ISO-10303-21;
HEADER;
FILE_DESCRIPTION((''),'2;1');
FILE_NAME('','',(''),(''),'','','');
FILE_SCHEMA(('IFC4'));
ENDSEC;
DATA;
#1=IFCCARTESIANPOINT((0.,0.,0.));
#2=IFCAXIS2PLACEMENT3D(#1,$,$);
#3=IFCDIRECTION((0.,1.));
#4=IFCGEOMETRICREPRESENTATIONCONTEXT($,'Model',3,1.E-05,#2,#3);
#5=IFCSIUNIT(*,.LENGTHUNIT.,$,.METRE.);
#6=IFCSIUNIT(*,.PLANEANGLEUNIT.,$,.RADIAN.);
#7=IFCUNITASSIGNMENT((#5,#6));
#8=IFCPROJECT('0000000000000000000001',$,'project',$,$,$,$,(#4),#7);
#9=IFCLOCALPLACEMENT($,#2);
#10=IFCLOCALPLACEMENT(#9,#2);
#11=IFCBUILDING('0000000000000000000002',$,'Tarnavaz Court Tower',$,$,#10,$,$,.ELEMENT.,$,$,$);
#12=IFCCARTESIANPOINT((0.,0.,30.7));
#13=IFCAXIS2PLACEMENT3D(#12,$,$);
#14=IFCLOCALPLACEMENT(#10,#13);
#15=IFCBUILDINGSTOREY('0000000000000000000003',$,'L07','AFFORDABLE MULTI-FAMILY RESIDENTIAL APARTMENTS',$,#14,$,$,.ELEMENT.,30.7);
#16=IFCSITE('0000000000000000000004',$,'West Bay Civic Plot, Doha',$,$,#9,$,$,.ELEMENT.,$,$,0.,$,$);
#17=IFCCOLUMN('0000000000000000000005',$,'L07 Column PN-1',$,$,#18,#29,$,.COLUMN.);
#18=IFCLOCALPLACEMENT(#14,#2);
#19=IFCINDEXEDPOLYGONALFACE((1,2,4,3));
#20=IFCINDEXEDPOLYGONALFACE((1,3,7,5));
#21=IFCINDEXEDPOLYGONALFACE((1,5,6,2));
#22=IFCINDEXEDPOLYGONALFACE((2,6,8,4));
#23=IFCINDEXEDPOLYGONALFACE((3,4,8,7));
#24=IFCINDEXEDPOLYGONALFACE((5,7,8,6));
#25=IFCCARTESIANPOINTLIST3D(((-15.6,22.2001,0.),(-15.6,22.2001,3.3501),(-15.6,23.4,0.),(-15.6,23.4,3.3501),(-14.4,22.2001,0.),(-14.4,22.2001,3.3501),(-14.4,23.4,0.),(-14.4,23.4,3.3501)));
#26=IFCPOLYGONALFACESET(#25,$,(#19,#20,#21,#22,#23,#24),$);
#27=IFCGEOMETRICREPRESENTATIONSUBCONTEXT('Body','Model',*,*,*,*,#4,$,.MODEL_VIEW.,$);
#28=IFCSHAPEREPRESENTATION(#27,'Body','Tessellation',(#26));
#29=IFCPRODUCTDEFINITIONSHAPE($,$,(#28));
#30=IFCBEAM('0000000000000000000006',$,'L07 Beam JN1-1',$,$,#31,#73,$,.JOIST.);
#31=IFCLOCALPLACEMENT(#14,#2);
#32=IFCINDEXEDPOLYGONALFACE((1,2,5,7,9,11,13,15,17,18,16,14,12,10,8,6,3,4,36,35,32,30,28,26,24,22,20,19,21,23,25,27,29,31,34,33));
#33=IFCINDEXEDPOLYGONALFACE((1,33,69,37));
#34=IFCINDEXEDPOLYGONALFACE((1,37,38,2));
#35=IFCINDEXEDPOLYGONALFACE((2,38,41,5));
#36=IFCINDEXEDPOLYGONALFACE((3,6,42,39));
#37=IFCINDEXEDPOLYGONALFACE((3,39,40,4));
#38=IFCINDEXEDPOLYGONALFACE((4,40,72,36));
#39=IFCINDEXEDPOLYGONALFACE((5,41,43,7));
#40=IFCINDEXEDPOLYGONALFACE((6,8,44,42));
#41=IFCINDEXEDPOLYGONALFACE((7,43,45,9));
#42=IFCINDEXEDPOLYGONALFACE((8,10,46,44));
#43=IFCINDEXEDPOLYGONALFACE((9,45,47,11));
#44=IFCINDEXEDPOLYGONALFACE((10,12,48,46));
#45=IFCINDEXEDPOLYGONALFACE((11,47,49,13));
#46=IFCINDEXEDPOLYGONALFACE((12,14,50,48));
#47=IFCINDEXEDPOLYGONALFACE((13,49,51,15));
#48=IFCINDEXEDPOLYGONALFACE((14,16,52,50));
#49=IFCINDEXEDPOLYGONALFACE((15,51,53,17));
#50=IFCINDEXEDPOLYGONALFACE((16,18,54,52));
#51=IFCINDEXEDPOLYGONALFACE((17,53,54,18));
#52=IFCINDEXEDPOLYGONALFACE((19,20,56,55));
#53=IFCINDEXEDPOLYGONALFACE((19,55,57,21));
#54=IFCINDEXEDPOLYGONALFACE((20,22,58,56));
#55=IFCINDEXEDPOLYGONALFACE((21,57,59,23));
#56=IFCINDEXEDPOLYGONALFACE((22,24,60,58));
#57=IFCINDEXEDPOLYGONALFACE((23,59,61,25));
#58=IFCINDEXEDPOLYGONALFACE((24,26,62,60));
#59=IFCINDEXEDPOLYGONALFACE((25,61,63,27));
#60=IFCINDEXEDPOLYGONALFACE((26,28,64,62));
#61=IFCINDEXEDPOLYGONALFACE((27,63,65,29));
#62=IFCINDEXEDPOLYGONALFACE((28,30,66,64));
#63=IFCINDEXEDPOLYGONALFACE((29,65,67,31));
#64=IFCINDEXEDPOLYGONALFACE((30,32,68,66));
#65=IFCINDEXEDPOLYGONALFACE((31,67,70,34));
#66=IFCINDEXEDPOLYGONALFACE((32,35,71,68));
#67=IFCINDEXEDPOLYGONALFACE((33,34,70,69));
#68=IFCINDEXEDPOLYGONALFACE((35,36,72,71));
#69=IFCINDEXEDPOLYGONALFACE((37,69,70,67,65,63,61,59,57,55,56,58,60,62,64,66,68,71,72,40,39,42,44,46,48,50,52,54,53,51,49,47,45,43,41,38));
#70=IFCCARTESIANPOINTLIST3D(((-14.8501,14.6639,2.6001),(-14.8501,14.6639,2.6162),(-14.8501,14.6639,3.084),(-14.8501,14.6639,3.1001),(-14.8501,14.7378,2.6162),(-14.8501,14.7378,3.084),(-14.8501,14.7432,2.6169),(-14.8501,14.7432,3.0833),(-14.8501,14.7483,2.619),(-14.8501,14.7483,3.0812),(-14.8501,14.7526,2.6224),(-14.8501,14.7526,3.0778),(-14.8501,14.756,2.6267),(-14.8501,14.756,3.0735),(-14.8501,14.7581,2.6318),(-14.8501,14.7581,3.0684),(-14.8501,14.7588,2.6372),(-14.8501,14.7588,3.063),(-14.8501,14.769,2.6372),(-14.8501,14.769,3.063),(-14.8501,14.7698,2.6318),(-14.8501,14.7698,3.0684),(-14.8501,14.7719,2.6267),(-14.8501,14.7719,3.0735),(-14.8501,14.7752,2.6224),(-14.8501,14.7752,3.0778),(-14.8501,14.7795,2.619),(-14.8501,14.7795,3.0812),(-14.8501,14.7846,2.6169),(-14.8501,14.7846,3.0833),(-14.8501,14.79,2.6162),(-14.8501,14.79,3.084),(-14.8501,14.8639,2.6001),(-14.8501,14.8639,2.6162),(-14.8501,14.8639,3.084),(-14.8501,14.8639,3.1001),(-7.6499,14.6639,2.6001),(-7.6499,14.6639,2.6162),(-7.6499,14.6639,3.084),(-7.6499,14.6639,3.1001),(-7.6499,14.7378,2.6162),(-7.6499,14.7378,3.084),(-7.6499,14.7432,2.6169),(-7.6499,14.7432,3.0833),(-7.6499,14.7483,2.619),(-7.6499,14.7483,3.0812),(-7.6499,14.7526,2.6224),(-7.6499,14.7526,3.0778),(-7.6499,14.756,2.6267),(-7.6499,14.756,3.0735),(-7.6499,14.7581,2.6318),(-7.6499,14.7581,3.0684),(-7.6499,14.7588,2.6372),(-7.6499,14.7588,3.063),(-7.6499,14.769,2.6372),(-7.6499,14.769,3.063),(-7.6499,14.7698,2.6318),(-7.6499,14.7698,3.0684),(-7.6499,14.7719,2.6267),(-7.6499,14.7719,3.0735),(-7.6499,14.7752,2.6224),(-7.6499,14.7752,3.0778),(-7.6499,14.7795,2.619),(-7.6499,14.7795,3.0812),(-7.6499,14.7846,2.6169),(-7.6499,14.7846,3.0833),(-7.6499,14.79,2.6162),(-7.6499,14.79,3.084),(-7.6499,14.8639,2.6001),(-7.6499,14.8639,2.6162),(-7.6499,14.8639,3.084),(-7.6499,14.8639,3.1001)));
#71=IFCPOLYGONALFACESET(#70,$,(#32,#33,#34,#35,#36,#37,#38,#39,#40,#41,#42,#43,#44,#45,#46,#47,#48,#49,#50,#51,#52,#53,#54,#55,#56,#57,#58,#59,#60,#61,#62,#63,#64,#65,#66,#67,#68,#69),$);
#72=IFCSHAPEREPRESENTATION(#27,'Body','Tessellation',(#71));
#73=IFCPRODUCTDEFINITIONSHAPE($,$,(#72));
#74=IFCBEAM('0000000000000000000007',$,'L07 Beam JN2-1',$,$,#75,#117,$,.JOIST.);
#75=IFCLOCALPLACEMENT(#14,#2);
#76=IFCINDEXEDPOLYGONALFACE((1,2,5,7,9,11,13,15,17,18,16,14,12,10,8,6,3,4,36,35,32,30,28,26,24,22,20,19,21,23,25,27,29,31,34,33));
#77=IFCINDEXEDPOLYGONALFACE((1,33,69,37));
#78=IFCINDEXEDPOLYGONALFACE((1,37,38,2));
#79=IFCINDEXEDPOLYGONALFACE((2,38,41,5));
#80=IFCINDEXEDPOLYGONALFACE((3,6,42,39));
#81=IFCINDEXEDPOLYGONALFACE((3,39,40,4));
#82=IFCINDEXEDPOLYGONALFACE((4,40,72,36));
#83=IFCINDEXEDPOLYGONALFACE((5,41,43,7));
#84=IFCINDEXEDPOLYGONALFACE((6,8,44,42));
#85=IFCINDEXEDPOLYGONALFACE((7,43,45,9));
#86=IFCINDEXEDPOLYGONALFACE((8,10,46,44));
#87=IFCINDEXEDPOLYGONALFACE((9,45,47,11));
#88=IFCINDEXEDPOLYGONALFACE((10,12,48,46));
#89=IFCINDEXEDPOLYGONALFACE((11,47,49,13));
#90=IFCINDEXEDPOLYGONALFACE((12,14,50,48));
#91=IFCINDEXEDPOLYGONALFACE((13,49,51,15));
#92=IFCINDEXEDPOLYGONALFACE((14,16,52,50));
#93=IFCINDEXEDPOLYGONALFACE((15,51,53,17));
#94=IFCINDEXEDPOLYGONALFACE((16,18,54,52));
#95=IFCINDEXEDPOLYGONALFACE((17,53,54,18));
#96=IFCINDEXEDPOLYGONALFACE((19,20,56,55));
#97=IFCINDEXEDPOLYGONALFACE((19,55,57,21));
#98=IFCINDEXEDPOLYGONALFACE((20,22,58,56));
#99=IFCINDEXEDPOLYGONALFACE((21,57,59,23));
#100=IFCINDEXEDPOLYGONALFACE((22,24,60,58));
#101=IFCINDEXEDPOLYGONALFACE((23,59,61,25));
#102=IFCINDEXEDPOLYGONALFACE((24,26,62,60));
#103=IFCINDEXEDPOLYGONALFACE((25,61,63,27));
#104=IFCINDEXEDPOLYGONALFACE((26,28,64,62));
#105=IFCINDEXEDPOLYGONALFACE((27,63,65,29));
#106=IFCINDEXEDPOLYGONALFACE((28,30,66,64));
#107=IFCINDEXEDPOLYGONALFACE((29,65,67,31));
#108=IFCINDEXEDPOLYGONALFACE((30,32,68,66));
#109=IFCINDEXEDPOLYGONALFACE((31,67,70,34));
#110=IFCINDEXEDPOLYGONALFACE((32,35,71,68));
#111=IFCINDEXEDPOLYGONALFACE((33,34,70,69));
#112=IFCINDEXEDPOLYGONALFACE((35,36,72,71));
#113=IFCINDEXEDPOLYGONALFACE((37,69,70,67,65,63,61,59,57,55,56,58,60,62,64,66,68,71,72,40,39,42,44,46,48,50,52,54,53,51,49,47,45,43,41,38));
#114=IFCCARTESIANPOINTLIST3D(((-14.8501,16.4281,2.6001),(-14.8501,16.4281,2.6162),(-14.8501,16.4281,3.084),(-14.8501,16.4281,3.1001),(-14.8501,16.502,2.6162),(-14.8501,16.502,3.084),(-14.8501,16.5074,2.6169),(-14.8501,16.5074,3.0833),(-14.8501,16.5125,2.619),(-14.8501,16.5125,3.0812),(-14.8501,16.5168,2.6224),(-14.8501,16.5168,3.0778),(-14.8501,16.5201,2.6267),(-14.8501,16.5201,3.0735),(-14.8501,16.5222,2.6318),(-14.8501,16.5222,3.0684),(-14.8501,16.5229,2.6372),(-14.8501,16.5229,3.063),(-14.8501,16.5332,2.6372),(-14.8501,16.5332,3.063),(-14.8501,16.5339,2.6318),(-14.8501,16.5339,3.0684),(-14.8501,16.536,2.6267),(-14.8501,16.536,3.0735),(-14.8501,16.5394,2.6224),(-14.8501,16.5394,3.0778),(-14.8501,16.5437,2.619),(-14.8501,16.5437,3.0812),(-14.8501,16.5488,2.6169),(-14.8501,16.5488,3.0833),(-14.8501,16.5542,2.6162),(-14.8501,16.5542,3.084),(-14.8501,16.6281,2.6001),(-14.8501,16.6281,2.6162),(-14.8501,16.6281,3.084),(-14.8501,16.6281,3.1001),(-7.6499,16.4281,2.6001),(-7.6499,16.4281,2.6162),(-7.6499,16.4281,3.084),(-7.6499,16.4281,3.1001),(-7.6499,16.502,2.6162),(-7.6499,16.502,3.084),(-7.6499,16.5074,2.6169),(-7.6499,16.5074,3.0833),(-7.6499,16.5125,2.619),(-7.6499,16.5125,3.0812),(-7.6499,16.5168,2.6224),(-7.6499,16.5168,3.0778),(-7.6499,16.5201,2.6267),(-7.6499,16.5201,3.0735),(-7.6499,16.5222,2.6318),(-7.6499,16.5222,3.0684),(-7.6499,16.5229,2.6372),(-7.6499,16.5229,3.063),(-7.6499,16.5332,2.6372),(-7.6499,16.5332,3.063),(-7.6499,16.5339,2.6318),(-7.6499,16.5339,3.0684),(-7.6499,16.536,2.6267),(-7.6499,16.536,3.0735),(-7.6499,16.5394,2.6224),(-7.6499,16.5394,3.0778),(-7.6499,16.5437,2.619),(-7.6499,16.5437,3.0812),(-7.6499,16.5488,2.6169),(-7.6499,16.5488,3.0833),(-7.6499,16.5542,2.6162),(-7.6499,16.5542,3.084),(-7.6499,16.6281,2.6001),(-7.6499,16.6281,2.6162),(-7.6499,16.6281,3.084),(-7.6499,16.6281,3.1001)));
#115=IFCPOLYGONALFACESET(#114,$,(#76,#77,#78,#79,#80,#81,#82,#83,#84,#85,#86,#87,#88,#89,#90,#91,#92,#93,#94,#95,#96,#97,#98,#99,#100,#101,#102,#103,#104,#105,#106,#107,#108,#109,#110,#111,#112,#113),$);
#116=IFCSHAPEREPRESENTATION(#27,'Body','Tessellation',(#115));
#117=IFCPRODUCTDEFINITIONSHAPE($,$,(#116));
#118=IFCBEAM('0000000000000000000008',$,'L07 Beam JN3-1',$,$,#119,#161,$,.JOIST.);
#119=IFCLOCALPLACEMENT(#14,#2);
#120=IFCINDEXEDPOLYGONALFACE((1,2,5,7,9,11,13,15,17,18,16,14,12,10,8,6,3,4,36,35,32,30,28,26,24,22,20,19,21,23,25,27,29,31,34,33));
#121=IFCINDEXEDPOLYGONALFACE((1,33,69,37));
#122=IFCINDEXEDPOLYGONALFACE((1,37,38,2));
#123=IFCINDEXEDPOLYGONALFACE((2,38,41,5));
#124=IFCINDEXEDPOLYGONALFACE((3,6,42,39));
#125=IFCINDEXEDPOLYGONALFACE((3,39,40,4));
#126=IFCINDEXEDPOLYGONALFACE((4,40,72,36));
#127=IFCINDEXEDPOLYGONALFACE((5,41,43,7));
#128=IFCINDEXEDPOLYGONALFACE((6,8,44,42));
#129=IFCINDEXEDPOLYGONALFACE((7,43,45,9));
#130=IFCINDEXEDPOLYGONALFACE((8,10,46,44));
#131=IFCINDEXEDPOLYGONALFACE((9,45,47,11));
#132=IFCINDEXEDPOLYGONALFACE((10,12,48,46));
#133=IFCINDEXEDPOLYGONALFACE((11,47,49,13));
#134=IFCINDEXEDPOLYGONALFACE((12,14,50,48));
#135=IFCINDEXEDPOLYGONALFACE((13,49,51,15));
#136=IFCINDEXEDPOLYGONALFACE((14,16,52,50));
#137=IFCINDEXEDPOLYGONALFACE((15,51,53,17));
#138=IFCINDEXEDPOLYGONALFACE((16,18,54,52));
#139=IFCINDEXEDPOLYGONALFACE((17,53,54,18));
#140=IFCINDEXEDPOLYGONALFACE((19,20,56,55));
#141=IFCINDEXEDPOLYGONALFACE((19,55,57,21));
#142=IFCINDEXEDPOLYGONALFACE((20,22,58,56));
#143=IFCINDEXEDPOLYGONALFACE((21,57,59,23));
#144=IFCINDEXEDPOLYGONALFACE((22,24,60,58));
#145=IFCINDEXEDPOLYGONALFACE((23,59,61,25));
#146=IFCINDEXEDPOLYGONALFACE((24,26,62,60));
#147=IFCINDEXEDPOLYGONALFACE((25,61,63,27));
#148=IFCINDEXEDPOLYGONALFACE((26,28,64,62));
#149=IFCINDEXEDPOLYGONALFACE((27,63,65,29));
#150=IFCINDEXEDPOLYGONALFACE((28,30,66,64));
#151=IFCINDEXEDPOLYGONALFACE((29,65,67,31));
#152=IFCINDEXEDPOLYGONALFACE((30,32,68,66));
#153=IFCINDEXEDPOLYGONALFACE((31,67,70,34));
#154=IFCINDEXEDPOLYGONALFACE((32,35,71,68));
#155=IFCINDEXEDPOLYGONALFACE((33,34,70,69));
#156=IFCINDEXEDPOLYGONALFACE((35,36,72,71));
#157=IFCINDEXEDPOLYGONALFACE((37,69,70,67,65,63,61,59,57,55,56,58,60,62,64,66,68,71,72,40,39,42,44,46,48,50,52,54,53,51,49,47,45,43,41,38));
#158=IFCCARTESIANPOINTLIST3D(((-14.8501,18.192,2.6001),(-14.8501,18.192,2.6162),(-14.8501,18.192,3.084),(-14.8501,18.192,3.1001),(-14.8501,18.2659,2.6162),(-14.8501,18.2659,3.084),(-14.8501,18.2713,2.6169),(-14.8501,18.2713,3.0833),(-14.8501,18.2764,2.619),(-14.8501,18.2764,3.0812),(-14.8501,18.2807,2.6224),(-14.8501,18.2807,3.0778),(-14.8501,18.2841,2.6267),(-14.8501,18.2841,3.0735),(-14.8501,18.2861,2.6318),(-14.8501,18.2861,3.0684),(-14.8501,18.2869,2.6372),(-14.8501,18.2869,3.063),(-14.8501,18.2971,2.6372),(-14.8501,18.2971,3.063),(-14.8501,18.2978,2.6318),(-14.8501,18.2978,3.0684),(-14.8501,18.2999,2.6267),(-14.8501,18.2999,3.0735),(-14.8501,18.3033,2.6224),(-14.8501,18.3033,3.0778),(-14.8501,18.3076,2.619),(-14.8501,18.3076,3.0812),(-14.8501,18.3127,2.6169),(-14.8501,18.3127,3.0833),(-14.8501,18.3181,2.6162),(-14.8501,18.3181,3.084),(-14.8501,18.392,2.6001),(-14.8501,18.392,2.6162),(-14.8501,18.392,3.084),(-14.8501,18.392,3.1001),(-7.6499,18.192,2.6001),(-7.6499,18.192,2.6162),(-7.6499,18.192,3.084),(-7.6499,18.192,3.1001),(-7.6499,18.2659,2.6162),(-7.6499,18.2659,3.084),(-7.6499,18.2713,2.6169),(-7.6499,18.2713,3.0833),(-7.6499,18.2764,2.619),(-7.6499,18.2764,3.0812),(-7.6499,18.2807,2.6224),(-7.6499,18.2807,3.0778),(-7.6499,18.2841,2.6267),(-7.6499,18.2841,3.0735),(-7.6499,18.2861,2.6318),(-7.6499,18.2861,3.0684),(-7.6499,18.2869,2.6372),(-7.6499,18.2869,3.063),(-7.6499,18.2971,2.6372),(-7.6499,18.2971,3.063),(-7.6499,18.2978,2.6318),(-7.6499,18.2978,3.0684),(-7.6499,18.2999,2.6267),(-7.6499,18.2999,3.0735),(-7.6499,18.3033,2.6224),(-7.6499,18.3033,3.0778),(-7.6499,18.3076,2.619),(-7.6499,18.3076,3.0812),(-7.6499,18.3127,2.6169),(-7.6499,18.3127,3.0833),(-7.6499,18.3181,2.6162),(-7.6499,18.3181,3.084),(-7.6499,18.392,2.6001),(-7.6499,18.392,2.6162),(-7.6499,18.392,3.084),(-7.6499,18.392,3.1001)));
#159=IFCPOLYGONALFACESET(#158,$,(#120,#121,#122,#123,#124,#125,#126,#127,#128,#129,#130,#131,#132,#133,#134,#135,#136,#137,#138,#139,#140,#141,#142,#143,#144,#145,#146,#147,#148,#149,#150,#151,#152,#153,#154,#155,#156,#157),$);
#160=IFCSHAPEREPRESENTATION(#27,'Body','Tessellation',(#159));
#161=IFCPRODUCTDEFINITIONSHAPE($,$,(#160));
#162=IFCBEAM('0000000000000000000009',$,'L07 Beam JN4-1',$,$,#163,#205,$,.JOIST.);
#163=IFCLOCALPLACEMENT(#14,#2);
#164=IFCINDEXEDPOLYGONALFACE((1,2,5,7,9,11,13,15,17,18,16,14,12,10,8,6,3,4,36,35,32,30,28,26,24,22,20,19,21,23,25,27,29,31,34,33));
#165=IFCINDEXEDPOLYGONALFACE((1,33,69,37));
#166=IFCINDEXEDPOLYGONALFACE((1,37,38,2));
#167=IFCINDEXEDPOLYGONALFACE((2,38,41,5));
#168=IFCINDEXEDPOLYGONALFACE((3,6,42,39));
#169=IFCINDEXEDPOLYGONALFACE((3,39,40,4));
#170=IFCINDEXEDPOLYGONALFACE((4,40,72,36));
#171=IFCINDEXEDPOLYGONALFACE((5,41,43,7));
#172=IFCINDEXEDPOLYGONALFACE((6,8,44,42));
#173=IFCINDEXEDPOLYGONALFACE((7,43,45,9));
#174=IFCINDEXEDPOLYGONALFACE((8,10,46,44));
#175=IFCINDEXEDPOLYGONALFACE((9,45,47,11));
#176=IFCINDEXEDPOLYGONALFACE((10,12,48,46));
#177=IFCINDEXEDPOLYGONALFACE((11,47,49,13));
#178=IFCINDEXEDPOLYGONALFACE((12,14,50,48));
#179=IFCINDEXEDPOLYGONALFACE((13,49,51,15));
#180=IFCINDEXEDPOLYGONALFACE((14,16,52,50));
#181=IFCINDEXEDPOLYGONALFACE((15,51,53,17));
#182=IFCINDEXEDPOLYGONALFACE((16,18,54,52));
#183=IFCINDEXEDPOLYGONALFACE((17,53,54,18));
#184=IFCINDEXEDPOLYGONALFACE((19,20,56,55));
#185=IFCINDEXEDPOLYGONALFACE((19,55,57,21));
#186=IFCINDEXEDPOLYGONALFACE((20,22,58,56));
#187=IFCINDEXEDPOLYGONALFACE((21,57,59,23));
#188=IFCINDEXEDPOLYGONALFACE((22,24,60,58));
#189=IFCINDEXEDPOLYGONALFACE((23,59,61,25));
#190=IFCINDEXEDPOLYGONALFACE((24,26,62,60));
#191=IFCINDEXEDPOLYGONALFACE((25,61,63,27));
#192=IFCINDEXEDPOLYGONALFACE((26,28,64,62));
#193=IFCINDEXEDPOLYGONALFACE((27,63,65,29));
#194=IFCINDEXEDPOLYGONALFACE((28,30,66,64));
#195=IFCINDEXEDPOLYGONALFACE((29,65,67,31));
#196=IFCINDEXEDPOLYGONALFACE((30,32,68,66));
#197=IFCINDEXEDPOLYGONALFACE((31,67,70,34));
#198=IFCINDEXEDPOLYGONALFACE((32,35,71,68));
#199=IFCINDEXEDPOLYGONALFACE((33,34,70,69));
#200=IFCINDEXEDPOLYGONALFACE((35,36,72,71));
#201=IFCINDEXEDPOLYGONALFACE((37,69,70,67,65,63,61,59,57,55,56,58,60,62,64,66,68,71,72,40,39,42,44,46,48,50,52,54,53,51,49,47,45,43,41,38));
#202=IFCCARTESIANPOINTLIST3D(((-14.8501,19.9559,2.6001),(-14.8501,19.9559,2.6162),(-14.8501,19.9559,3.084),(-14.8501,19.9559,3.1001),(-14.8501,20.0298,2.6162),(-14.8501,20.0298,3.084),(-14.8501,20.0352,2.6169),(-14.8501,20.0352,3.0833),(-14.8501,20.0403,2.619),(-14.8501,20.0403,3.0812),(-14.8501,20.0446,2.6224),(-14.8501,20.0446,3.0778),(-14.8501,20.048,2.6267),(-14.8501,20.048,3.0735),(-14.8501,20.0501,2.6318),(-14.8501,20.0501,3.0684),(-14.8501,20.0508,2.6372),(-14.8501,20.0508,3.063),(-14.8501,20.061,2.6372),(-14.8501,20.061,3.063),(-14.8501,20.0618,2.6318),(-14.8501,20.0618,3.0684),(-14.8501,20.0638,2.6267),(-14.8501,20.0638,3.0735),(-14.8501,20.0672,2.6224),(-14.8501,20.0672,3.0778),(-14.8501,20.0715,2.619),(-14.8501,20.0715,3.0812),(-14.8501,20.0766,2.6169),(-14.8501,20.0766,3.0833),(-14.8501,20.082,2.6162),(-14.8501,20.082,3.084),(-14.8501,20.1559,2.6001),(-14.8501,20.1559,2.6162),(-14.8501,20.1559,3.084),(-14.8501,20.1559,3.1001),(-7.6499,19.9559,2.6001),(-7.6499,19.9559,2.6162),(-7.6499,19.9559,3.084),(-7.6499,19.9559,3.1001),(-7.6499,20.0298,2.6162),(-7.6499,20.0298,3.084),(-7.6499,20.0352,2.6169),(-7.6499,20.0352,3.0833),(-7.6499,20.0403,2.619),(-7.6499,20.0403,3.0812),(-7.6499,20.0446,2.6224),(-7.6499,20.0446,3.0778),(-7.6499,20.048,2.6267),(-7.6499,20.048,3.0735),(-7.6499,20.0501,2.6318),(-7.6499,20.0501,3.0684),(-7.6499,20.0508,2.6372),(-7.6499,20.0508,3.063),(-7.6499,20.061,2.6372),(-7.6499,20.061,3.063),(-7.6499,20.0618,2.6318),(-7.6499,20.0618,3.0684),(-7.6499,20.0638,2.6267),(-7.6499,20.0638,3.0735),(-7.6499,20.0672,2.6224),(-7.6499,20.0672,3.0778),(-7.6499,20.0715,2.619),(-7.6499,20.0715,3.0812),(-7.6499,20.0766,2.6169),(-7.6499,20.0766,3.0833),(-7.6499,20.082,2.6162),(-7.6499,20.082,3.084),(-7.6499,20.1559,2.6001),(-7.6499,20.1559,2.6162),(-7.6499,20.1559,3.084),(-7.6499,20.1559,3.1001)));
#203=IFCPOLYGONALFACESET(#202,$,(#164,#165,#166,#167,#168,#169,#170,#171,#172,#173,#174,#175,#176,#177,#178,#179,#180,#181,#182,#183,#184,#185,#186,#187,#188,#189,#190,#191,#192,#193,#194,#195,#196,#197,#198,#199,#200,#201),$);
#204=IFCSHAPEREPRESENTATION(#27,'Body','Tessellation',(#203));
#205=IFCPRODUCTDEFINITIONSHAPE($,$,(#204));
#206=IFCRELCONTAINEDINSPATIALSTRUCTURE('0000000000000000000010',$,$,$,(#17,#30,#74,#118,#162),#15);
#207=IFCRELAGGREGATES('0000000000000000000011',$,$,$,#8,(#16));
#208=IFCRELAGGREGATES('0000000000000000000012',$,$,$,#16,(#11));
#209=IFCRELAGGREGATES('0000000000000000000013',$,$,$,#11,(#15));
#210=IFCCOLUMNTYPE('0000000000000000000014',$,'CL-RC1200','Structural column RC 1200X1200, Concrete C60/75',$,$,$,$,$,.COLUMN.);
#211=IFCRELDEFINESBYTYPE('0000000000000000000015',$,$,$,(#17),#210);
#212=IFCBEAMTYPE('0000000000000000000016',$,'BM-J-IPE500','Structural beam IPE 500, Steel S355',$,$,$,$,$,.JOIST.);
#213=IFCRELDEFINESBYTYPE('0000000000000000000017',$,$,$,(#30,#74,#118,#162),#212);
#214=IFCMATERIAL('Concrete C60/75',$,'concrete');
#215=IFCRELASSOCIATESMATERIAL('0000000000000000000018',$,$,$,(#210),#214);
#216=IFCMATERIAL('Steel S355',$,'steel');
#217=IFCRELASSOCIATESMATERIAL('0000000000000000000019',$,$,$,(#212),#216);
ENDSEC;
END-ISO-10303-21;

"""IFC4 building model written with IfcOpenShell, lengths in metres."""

from ifc_helpers import new_model, si_unit, direction, frame, origin, origin_2d, place, context, subcontext, project, spatial, rectangle, i_section, extrude, material, material_profile, profile_set, type_object, element, save


model = new_model("IFC4")

# Units and contexts
model_context = context("Model", 3, precision=1e-05, world=origin(), true_north=direction((0.0, 1.0)))
body_context = subcontext(model_context, "Body", "Model", "MODEL_VIEW")
ifc_project = project(units=[si_unit("LENGTHUNIT", "METRE"), si_unit("PLANEANGLEUNIT", "RADIAN")], contexts=[model_context])

# Site, building, storey
site_placement = place(None, origin())
site = spatial("IfcSite", under=ifc_project, at=site_placement, Name="West Bay Civic Plot, Doha", CompositionType="ELEMENT", RefElevation=0.0)
building_placement = place(site_placement, origin())
building = spatial("IfcBuilding", under=site, at=building_placement, Name="Tarnavaz Court Tower", CompositionType="ELEMENT")
storey_placement = place(building_placement, frame((0.0, 0.0, 30.7)))
storey = spatial("IfcBuildingStorey", under=building, at=storey_placement, Name="L07", Description="AFFORDABLE MULTI-FAMILY RESIDENTIAL APARTMENTS", CompositionType="ELEMENT", Elevation=30.7)

# Column
ifc_material_1 = material(Name="Concrete C60/75", Category="concrete")
ifc_material_profile_1 = material_profile(ifc_material_1, rectangle(XDim=1.2, YDim=1.2, at=origin_2d()), Name="RC 1200X1200")
ifc_profile_set_1 = profile_set([ifc_material_profile_1], Name="Concrete C60/75")
column_type = type_object("IfcColumnType", Name="CL-RC1200", Description="Structural column RC 1200X1200, Concrete C60/75", PredefinedType="COLUMN", material=ifc_profile_set_1)
column_placement = place(storey_placement, frame((-15.0, 22.8, 0.0), z_axis=(0.0, 0.0, 1.0), x_axis=(1.0, 0.0, 0.0)))
element("IfcColumn", 1, at=column_placement, inside=storey, type_object=column_type, Name="L07 Column PN-1", PredefinedType="COLUMN", context=body_context, shape_type="SweptSolid", body=[
    extrude(rectangle(XDim=1.2, YDim=1.2, at=origin_2d()), origin(), (0.0, 0.0, 1.0), 3.3501),
])

# Beams
ifc_material_2 = material(Name="Steel S355", Category="steel")
ifc_material_profile_2 = material_profile(ifc_material_2, i_section(OverallWidth=0.2, OverallDepth=0.5, WebThickness=0.0103, FlangeThickness=0.0161, FilletRadius=0.021, at=origin_2d()), Name="IPE 500")
ifc_profile_set_2 = profile_set([ifc_material_profile_2], Name="Steel S355")
beam_type_1 = type_object("IfcBeamType", Name="BM-J-IPE500", Description="Structural beam IPE 500, Steel S355", PredefinedType="JOIST", material=ifc_profile_set_2)
for number, where, z_axis, x_axis, name in (
    (2, (-14.8501, 14.7639, 2.8501), (1.0, 0.0, 0.0), (0.0, 1.0, 0.0), "L07 Beam JN1-1"),
    (3, (-14.8501, 16.5281, 2.8501), (1.0, 0.0, 0.0), (0.0, 1.0, 0.0), "L07 Beam JN2-1"),
    (4, (-14.8501, 18.292, 2.8501), (1.0, 0.0, 0.0), (0.0, 1.0, 0.0), "L07 Beam JN3-1"),
    (5, (-14.8501, 20.0559, 2.8501), (1.0, 0.0, 0.0), (0.0, 1.0, 0.0), "L07 Beam JN4-1"),
):
    element("IfcBeam", number, at=place(storey_placement, frame(where, z_axis=z_axis, x_axis=x_axis)), inside=storey, type_object=beam_type_1, Name=name, PredefinedType="JOIST", context=body_context, shape_type="SweptSolid", body=[
        extrude(i_section(OverallWidth=0.2, OverallDepth=0.5, WebThickness=0.0103, FlangeThickness=0.0161, FilletRadius=0.021, at=origin_2d()), origin(), (0.0, 0.0, 1.0), 7.2002),
    ])

save(model, "model.ifc")
